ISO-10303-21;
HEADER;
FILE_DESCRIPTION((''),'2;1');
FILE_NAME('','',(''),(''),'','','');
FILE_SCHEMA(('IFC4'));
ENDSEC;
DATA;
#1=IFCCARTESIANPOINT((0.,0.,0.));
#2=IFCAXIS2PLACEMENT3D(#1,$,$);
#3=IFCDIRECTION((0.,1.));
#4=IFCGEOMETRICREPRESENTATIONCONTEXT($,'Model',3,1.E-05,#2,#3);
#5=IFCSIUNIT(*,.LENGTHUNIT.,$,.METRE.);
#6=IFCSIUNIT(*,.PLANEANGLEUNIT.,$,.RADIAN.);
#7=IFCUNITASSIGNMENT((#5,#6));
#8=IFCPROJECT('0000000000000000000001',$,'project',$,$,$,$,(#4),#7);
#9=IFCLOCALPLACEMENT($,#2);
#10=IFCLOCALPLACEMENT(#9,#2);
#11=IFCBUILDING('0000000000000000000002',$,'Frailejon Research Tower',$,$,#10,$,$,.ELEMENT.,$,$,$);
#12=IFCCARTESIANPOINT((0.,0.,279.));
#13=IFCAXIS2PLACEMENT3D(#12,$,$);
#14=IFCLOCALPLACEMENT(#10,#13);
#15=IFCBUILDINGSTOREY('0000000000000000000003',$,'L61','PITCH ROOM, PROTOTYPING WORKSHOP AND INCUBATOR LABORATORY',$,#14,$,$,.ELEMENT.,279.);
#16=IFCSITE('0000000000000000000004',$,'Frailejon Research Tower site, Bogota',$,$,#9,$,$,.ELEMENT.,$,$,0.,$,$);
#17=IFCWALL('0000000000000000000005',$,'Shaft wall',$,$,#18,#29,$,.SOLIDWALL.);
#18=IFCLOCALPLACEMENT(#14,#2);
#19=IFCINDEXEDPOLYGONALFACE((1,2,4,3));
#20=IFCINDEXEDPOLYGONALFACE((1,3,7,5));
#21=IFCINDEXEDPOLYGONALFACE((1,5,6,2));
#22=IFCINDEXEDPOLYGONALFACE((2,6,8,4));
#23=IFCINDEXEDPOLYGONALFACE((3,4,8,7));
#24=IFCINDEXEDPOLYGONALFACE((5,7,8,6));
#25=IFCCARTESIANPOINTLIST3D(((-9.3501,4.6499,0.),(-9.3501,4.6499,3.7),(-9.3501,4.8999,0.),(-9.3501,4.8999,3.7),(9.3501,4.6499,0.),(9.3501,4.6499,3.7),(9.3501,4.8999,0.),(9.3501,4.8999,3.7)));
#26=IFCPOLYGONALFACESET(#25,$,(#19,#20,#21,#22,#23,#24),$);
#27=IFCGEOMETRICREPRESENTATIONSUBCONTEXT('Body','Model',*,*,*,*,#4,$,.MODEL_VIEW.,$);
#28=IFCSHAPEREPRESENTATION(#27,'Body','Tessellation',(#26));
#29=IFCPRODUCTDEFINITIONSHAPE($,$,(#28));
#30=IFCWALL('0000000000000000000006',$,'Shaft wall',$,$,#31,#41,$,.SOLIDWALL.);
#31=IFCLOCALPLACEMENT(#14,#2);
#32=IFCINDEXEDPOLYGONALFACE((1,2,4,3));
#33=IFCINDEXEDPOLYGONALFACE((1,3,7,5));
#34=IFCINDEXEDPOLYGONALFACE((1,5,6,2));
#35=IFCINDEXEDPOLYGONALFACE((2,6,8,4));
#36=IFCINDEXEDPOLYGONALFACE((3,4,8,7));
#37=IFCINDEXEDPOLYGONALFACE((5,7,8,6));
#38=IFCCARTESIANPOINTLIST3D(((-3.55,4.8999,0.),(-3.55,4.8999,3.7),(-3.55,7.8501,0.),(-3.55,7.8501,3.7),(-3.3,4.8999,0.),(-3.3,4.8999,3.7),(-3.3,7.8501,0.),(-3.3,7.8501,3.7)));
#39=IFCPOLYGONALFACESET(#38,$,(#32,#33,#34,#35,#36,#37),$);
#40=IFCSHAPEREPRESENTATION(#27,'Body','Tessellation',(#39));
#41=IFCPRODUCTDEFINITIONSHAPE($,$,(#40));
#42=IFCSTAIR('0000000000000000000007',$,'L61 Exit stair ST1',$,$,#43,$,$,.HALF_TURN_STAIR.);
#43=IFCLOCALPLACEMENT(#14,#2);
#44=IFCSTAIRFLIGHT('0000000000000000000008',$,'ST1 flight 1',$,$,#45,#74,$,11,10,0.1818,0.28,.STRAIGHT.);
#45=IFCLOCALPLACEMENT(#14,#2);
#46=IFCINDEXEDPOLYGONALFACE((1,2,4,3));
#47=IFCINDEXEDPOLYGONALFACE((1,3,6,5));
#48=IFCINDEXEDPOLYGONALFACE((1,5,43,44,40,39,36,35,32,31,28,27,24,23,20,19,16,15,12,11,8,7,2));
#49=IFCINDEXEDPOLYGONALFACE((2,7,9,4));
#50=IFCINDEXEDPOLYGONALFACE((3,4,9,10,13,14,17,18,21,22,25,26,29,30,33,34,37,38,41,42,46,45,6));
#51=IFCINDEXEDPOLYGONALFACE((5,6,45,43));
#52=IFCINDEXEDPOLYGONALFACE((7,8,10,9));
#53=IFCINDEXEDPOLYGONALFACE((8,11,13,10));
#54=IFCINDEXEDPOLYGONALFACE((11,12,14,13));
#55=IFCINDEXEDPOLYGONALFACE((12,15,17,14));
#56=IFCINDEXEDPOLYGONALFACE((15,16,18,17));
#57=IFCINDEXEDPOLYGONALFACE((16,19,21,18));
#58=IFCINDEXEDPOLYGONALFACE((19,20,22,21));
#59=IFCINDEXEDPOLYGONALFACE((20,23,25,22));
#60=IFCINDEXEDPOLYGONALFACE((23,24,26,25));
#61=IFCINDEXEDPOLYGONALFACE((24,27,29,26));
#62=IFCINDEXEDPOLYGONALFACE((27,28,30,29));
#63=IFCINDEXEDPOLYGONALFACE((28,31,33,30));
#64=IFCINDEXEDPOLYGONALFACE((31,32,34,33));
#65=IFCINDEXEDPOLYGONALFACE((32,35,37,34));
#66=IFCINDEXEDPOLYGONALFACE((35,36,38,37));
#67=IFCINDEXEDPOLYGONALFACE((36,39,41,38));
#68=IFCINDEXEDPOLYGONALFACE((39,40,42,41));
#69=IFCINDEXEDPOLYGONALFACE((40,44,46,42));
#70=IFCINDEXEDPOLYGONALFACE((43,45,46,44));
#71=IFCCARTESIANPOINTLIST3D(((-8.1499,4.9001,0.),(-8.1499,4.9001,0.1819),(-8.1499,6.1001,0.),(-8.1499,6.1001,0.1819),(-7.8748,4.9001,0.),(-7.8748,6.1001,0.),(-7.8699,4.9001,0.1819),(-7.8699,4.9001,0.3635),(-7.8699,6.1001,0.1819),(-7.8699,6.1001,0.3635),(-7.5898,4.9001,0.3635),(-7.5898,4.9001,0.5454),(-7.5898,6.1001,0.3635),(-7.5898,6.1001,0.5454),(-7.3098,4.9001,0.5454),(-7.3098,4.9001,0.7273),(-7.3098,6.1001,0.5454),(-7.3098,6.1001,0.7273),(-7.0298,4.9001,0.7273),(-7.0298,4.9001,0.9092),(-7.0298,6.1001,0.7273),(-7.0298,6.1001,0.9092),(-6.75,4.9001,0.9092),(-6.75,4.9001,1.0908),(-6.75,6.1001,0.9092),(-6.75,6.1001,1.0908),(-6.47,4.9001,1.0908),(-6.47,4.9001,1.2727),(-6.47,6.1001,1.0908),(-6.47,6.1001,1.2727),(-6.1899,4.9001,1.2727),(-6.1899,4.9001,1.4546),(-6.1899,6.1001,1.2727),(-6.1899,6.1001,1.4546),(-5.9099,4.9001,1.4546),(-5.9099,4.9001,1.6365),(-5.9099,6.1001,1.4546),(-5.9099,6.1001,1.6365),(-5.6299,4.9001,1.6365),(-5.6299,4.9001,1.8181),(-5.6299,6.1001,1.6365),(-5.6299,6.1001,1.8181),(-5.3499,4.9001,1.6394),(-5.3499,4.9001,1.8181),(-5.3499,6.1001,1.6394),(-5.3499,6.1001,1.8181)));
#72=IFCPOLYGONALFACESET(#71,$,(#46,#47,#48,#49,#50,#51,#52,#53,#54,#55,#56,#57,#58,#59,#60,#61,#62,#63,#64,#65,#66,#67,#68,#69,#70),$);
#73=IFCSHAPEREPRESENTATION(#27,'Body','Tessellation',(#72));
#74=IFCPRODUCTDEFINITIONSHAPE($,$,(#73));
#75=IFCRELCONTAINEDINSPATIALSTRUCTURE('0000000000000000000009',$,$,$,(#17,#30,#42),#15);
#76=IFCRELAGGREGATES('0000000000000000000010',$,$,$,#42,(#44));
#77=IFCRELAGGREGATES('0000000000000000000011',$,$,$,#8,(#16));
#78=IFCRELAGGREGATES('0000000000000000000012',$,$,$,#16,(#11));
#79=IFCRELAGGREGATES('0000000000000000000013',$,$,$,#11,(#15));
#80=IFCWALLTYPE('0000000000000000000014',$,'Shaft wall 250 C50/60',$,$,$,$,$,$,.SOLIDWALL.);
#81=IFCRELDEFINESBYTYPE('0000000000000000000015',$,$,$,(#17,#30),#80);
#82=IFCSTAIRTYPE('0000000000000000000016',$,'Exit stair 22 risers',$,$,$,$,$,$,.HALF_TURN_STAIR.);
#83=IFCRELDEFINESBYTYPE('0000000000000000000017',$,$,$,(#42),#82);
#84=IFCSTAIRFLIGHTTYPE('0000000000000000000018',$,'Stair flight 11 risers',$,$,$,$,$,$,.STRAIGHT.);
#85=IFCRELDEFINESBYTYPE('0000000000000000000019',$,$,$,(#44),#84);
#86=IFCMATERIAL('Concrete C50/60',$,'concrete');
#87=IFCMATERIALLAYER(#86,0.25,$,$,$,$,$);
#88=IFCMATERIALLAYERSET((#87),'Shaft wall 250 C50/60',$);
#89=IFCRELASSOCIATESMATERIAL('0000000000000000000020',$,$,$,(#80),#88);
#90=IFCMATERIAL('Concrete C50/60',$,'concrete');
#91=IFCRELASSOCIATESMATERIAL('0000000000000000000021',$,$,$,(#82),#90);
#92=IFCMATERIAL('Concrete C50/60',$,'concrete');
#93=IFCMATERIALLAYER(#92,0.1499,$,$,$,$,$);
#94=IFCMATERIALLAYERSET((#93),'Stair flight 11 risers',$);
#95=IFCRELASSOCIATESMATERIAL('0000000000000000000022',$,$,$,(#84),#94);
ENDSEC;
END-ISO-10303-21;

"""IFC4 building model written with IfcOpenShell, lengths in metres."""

from ifc_helpers import new_model, si_unit, direction, frame, frame_2d, origin, place, context, subcontext, project, spatial, polyline, rectangle, outline, extrude, material, layer, layer_set, type_object, element, aggregate, save


model = new_model("IFC4")

# Units and contexts
model_context = context("Model", 3, precision=1e-05, world=origin(), true_north=direction((0.0, 1.0)))
body_context = subcontext(model_context, "Body", "Model", "MODEL_VIEW")
ifc_project = project(units=[si_unit("LENGTHUNIT", "METRE"), si_unit("PLANEANGLEUNIT", "RADIAN")], contexts=[model_context])

# Site, building, storey
site_placement = place(None, origin())
site = spatial("IfcSite", under=ifc_project, at=site_placement, Name="Frailejon Research Tower site, Bogota", CompositionType="ELEMENT", RefElevation=0.0)
building_placement = place(site_placement, origin())
building = spatial("IfcBuilding", under=site, at=building_placement, Name="Frailejon Research Tower", CompositionType="ELEMENT")
storey_placement = place(building_placement, frame((0.0, 0.0, 279.0)))
storey = spatial("IfcBuildingStorey", under=building, at=storey_placement, Name="L61", Description="PITCH ROOM, PROTOTYPING WORKSHOP AND INCUBATOR LABORATORY", CompositionType="ELEMENT", Elevation=279.0)

# Shared definitions
ifc_material_1 = material(Name="Concrete C50/60", Category="concrete")
ifc_layer_1 = layer(ifc_material_1, 0.25)
ifc_layer_set_1 = layer_set([ifc_layer_1], Name="Shaft wall 250 C50/60")
wall_type_1 = type_object("IfcWallType", Name="Shaft wall 250 C50/60", PredefinedType="SOLIDWALL", material=ifc_layer_set_1)

# Walls
wall_1_placement = place(storey_placement, frame((-9.3501, 4.7749, 0.0), z_axis=(0.0, 0.0, 1.0), x_axis=(1.0, 0.0, 0.0)))
element("IfcWall", 1, at=wall_1_placement, inside=storey, type_object=wall_type_1, Name="Shaft wall", PredefinedType="SOLIDWALL", context=body_context, shape_type="SweptSolid", body=[
    extrude(rectangle(XDim=18.7002, YDim=0.25, at=frame_2d((9.3501, 0.0))), origin(), (0.0, 0.0, 1.0), 3.7),
])
wall_2_placement = place(storey_placement, frame((-3.425, 4.8999, 0.0), z_axis=(0.0, 0.0, 1.0), x_axis=(0.0, 1.0, 0.0)))
element("IfcWall", 2, at=wall_2_placement, inside=storey, type_object=wall_type_1, Name="Shaft wall", PredefinedType="SOLIDWALL", context=body_context, shape_type="SweptSolid", body=[
    extrude(rectangle(XDim=2.9502, YDim=0.25, at=frame_2d((1.4751, 0.0))), origin(), (0.0, 0.0, 1.0), 3.7),
])

# Stair, stair flight
ifc_material_2 = material(Name="Concrete C50/60", Category="concrete")
stair_type = type_object("IfcStairType", Name="Exit stair 22 risers", PredefinedType="HALF_TURN_STAIR", material=ifc_material_2)
stair_placement = place(storey_placement, origin())
stair = element("IfcStair", 3, at=stair_placement, inside=storey, type_object=stair_type, Name="L61 Exit stair ST1", PredefinedType="HALF_TURN_STAIR")
ifc_material_3 = material(Name="Concrete C50/60", Category="concrete")
ifc_layer_2 = layer(ifc_material_3, 0.1499)
ifc_layer_set_2 = layer_set([ifc_layer_2], Name="Stair flight 11 risers")
stair_flight_type = type_object("IfcStairFlightType", Name="Stair flight 11 risers", PredefinedType="STRAIGHT", material=ifc_layer_set_2)
stair_flight_placement = place(storey_placement, frame((-8.1499, 5.5, 0.0), z_axis=(0.0, 0.0, 1.0), x_axis=(1.0, 0.0, 0.0)))
stair_flight = element("IfcStairFlight", 4, at=stair_flight_placement, type_object=stair_flight_type, Name="ST1 flight 1", NumberOfRisers=11, NumberOfTreads=10, PredefinedType="STRAIGHT", RiserHeight=0.1818, TreadLength=0.28, context=body_context, shape_type="SweptSolid", body=[
    extrude(outline(polyline([(0.0, 0.0), (0.0, 0.1819), (0.28, 0.1819), (0.28, 0.3635), (0.5601, 0.3635), (0.5601, 0.5454), (0.8401, 0.5454), (0.8401, 0.7273), (1.1201, 0.7273), (1.1201, 0.9092), (1.3999, 0.9092), (1.3999, 1.0908), (1.6799, 1.0908), (1.6799, 1.2727), (1.96, 1.2727), (1.96, 1.4546), (2.24, 1.4546), (2.24, 1.6365), (2.52, 1.6365), (2.52, 1.8181), (2.8, 1.8181), (2.8, 2.0), (2.8, 1.6394), (0.2751, 0.0), (0.0, 0.0)])), frame((0.0, 0.6001, 0.0), z_axis=(0.0, -1.0, 0.0), x_axis=(1.0, 0.0, 0.0)), (0.0, 0.0, 1.0), 1.2),
])
aggregate(stair, [stair_flight])

save(model, "model.ifc")
